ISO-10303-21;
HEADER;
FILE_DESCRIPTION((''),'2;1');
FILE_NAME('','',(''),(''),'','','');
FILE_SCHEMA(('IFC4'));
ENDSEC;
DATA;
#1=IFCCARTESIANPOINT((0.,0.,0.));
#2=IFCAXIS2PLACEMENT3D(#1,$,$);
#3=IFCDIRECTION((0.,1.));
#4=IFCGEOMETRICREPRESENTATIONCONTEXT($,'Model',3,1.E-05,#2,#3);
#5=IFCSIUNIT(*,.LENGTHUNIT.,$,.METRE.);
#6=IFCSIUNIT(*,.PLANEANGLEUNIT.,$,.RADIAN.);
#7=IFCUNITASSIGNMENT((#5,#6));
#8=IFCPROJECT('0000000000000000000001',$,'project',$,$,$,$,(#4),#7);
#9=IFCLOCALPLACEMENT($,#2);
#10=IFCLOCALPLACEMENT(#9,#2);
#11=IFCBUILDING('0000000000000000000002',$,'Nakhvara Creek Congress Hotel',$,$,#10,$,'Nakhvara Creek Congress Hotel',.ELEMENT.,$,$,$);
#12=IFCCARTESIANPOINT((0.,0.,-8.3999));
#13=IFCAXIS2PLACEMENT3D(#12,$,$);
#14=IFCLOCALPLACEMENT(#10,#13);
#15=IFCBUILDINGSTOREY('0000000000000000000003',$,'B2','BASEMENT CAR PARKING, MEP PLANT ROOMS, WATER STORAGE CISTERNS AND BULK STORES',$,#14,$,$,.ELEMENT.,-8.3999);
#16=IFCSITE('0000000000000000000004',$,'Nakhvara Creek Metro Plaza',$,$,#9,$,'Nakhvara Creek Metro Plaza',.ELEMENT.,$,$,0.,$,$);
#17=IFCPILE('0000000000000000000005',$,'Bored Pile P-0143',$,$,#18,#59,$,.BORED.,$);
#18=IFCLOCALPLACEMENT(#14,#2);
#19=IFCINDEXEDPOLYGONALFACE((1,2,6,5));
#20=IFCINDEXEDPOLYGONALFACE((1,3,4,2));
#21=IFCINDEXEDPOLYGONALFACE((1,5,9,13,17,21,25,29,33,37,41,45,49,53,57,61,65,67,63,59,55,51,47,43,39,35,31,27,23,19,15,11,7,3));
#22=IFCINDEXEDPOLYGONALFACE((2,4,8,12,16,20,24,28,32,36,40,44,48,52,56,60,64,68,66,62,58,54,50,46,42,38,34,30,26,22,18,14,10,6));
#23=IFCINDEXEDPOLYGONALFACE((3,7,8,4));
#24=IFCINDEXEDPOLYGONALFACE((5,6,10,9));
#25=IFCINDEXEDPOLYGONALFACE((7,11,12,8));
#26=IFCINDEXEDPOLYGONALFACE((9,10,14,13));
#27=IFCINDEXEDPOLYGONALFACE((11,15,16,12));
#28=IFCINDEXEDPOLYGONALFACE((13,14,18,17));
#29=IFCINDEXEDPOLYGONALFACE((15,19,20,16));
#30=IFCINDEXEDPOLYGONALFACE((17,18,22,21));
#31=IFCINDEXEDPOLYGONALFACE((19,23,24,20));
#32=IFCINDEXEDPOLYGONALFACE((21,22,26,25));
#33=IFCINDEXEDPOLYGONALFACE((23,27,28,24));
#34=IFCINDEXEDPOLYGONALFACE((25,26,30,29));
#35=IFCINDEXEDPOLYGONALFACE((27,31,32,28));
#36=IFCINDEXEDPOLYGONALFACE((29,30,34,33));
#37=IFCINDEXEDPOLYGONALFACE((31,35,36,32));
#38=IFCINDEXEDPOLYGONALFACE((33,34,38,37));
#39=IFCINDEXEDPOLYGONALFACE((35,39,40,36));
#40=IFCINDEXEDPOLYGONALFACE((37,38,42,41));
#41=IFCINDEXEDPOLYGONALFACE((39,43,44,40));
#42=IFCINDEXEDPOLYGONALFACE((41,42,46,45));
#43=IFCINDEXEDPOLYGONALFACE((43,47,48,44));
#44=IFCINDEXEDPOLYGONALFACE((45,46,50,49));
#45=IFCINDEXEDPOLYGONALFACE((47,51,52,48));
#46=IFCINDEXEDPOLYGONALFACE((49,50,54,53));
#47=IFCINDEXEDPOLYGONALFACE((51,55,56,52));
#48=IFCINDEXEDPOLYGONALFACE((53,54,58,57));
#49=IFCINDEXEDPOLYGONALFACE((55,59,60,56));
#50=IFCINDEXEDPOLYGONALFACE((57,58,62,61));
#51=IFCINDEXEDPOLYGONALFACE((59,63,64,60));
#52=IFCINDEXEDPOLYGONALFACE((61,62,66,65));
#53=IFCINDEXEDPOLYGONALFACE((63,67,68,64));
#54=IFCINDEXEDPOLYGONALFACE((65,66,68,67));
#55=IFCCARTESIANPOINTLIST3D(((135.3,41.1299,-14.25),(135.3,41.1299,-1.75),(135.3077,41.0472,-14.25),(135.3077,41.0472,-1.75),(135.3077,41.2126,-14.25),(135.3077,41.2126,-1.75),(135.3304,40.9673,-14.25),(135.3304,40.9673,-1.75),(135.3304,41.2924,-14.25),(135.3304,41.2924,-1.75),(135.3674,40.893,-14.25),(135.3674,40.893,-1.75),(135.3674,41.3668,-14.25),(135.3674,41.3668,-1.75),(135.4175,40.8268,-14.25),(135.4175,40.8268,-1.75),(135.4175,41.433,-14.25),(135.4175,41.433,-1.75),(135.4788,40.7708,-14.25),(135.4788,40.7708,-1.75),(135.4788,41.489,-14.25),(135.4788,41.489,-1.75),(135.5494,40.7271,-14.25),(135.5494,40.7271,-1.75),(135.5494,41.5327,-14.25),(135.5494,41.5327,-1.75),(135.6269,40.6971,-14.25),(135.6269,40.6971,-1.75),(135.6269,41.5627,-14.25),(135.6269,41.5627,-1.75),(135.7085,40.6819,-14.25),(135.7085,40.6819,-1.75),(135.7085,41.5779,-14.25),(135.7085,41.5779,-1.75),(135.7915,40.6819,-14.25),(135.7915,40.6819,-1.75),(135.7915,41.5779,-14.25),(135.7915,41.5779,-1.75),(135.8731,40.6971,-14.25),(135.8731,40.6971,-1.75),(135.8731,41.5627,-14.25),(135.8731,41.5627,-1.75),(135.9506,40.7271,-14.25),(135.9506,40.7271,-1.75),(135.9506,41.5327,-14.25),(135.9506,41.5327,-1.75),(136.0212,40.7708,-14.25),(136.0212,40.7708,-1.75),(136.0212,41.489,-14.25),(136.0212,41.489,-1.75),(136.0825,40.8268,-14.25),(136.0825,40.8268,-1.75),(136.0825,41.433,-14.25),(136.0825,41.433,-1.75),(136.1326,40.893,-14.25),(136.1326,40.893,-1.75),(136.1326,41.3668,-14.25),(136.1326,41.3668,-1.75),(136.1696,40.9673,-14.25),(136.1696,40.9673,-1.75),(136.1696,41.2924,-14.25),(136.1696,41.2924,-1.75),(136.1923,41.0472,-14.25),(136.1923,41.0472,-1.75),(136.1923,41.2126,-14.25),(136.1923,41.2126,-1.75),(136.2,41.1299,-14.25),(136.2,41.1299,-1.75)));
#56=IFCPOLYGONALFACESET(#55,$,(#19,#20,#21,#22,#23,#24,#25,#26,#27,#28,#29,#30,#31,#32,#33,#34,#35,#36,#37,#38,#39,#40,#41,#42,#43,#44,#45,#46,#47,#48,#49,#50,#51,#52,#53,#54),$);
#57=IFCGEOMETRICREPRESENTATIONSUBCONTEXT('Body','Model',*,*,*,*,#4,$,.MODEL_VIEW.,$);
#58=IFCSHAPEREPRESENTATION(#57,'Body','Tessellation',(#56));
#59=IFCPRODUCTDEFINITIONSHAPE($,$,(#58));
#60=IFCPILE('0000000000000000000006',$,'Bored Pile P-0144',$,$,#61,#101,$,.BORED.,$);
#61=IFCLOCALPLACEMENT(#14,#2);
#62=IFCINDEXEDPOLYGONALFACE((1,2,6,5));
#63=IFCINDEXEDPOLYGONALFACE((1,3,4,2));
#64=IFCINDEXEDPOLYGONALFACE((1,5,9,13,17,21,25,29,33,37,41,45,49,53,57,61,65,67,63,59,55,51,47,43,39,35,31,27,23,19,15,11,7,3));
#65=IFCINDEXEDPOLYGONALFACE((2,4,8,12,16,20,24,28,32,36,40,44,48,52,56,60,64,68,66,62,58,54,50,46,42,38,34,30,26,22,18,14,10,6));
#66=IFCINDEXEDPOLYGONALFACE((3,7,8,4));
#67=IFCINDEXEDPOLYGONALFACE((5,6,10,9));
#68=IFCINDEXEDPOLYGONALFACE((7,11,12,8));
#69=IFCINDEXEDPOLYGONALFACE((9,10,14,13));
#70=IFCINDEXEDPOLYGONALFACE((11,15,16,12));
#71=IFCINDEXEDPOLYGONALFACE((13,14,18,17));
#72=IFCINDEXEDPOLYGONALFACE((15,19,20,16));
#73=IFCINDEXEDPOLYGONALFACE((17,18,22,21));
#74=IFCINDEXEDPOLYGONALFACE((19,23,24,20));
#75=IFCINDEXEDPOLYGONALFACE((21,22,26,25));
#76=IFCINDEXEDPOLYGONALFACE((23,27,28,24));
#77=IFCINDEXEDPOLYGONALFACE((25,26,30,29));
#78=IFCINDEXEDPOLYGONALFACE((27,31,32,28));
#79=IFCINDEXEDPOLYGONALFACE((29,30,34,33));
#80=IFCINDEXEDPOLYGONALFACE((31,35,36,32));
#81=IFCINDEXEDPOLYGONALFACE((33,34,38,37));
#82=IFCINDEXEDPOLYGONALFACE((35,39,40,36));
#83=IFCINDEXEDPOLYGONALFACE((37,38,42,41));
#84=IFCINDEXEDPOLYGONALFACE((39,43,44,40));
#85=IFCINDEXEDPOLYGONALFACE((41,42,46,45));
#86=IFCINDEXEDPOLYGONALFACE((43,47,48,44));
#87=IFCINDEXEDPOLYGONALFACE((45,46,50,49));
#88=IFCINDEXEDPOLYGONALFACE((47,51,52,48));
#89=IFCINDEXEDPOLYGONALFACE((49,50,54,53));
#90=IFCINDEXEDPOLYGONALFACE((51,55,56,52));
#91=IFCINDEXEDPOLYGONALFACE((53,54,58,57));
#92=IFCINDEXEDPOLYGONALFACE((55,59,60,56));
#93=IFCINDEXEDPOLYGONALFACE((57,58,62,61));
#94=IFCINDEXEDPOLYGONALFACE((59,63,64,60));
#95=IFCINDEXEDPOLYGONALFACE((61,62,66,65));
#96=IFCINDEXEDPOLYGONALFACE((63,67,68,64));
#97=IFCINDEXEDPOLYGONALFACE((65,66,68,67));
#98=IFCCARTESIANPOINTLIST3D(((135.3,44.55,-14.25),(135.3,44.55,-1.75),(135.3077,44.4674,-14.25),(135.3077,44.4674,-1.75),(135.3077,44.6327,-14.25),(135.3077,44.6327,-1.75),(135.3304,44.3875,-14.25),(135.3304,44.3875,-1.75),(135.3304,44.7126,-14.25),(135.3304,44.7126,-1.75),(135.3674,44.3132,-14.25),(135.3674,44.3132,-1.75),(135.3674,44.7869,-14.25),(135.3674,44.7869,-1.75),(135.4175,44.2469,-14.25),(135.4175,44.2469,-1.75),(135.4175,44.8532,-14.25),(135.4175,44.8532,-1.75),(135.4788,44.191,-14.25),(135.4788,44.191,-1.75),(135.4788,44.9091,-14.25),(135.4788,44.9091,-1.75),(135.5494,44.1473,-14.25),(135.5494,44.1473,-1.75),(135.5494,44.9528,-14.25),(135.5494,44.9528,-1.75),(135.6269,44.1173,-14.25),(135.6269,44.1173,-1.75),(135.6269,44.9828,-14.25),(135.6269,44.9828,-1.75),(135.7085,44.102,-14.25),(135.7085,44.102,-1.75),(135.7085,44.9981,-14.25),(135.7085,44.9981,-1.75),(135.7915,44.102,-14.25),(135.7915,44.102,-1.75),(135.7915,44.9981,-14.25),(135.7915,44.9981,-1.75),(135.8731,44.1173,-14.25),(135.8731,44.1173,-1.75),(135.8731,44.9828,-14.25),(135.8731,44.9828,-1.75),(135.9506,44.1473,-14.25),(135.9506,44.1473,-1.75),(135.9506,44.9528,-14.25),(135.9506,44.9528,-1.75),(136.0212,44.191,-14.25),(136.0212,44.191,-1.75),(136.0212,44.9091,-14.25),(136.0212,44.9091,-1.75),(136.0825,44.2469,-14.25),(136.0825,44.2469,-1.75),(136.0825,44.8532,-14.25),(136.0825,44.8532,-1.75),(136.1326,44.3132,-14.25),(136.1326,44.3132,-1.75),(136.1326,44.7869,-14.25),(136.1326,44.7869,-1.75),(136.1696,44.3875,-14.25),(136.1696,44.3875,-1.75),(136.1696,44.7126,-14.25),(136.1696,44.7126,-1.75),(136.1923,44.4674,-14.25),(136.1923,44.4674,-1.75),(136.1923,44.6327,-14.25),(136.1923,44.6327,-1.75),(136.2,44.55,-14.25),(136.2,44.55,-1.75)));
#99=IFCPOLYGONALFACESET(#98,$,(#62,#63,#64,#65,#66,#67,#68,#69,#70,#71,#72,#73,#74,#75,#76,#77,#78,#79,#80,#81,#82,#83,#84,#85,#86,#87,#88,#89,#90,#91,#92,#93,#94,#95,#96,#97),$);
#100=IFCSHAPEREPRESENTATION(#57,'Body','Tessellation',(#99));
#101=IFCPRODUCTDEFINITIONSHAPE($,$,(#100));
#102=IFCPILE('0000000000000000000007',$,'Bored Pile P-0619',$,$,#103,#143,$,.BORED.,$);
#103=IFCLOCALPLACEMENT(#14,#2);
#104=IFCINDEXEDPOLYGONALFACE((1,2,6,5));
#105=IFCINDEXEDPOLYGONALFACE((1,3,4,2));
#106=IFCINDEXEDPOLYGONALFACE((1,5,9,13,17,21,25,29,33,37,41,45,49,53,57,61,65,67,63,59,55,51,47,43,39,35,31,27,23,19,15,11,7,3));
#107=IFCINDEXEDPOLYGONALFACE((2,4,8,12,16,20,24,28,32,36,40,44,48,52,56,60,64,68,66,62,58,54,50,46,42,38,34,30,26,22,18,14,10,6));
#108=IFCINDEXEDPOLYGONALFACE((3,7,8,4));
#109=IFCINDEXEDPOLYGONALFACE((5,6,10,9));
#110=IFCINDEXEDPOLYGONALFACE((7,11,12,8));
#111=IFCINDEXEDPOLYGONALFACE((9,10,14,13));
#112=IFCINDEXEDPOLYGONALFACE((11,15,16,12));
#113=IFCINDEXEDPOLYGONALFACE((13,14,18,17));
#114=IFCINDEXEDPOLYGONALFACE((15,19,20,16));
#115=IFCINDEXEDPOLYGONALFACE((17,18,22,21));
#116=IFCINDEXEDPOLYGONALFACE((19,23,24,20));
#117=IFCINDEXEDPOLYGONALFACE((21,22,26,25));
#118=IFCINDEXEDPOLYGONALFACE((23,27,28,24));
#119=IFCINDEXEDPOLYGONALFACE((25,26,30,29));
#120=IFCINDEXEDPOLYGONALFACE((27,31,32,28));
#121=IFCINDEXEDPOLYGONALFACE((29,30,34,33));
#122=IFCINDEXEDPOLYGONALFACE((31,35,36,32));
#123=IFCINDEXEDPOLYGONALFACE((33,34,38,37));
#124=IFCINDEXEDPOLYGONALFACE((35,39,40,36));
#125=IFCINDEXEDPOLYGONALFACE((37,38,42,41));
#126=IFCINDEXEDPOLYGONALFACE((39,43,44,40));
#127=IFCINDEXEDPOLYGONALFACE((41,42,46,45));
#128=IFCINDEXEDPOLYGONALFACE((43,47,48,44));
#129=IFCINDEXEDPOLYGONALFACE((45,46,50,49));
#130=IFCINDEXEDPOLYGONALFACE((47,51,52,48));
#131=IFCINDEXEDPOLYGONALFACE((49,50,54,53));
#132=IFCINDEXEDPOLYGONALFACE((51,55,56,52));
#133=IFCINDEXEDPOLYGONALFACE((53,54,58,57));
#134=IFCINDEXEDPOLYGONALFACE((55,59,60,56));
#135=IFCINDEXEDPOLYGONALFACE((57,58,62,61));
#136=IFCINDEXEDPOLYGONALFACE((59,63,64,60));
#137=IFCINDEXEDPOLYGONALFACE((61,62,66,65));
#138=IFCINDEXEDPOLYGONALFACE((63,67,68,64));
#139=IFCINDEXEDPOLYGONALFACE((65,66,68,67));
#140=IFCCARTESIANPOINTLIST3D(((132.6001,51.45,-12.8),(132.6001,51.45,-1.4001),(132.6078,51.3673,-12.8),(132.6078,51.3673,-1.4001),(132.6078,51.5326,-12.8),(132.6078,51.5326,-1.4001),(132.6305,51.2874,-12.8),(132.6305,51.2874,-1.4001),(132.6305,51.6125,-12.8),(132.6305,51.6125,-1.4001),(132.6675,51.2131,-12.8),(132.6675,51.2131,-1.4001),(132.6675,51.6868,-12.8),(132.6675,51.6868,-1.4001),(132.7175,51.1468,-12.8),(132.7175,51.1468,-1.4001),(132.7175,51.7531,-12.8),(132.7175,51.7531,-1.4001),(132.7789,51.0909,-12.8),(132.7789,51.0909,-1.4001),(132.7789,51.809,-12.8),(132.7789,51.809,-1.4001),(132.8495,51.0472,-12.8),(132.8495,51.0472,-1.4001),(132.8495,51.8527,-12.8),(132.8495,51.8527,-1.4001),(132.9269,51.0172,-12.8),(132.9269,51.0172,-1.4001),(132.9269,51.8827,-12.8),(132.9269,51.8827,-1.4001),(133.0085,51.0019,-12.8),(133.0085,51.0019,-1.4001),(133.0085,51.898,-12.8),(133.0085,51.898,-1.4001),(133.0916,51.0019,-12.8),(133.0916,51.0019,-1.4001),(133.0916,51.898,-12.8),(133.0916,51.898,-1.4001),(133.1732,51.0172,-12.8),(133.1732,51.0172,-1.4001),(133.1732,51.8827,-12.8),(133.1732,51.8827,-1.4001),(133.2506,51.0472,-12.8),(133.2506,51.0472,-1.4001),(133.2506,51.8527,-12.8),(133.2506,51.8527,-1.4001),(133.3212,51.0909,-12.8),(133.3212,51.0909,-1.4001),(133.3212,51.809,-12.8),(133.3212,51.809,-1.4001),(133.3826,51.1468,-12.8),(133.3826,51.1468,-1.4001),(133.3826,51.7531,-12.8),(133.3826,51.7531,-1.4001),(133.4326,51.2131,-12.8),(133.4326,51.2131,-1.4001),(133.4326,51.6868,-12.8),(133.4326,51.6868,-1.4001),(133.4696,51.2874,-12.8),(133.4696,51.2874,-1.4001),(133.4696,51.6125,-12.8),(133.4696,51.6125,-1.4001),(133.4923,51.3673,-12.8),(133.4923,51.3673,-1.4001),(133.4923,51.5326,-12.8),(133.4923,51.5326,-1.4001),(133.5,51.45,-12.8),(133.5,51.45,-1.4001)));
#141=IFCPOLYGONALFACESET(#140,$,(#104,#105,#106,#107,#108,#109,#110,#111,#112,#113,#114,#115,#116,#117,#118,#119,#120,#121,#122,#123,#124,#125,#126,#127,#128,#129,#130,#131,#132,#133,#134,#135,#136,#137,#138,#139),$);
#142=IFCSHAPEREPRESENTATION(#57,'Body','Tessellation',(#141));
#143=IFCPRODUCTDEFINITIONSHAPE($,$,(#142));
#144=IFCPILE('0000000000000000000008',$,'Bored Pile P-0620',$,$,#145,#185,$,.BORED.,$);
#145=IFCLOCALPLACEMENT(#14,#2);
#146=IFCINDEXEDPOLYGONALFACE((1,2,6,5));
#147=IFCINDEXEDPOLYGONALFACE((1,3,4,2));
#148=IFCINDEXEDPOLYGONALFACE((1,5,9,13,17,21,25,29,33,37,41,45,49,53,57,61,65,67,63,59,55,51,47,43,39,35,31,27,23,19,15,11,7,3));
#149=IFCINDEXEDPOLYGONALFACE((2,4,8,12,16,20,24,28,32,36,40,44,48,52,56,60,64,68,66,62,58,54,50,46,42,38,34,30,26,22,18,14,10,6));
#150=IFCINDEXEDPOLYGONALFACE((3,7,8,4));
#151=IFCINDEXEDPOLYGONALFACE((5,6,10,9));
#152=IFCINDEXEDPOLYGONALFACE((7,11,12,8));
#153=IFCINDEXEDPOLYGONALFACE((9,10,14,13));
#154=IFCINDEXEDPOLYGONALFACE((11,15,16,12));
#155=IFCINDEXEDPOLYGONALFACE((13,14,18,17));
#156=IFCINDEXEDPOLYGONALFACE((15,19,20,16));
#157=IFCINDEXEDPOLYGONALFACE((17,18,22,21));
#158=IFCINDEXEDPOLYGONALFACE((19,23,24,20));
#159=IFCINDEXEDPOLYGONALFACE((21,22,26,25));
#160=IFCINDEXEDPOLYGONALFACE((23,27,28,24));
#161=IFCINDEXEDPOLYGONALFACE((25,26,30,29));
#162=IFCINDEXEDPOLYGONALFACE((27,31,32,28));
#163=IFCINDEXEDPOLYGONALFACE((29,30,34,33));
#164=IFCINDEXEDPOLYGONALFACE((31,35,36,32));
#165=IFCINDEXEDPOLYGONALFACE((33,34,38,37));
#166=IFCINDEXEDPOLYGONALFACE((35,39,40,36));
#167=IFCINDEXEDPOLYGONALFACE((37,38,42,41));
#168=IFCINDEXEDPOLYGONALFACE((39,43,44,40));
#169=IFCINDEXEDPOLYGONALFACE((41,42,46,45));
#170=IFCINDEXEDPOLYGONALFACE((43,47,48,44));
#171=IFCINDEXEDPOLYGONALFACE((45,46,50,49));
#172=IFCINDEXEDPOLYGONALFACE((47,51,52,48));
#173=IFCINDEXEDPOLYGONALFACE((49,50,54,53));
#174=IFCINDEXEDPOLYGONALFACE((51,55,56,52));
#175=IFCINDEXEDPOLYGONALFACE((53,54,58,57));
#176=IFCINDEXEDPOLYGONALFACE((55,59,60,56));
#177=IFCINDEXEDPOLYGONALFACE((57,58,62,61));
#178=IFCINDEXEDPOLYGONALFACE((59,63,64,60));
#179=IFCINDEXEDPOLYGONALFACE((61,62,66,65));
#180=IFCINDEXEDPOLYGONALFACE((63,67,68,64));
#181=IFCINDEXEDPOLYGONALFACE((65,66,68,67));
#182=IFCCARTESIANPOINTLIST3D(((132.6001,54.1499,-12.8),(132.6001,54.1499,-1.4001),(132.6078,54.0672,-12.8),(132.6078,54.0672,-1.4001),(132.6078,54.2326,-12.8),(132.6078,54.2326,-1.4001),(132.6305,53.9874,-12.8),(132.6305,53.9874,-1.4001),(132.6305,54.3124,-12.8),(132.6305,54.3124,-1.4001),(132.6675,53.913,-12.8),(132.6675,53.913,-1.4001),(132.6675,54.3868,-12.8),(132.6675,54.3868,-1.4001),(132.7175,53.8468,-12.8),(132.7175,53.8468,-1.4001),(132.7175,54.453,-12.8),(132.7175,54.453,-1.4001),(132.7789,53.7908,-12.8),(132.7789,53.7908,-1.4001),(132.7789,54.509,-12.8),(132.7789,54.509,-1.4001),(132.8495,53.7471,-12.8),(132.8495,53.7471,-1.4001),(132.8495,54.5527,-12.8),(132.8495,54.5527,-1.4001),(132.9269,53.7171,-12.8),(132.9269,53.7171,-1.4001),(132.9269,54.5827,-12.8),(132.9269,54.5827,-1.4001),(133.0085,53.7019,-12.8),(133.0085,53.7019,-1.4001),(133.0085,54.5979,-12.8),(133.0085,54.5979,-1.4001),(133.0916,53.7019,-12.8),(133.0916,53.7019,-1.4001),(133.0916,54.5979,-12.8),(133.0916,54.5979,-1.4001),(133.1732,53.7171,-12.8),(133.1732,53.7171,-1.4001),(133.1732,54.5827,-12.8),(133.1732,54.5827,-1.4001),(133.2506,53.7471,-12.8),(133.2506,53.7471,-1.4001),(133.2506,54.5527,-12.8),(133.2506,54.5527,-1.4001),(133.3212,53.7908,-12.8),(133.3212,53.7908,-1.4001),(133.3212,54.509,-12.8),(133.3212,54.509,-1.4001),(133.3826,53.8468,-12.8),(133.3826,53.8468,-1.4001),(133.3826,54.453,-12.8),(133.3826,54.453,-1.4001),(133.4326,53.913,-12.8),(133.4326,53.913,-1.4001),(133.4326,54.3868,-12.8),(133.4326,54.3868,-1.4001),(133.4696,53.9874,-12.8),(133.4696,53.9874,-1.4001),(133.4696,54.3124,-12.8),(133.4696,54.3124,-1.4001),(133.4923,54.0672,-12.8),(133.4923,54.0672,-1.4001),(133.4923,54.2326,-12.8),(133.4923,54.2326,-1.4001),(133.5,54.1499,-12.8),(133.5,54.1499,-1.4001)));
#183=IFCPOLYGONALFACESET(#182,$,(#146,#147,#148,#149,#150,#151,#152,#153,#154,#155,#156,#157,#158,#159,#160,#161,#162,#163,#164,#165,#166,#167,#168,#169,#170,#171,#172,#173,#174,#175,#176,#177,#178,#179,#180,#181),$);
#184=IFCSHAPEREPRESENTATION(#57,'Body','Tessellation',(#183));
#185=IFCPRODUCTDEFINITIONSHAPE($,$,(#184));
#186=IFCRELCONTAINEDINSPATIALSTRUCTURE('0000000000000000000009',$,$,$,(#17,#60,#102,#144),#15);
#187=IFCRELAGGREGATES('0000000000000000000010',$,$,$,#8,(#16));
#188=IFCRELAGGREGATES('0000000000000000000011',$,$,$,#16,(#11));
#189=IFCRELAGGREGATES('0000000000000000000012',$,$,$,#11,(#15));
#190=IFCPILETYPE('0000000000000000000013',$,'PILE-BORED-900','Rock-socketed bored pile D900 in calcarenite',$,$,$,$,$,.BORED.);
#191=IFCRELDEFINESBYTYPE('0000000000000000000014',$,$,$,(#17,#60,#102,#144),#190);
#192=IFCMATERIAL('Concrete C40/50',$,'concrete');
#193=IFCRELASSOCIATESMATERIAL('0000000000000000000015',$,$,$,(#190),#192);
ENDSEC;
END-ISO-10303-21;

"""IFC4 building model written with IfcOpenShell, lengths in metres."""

from ifc_helpers import new_model, si_unit, direction, frame, origin, origin_2d, place, context, subcontext, project, spatial, circle, extrude, material, material_profile, profile_set, type_object, element, save


model = new_model("IFC4")

# Units and contexts
model_context = context("Model", 3, precision=1e-05, world=origin(), true_north=direction((0.0, 1.0)))
body_context = subcontext(model_context, "Body", "Model", "MODEL_VIEW")
ifc_project = project(units=[si_unit("LENGTHUNIT", "METRE"), si_unit("PLANEANGLEUNIT", "RADIAN")], contexts=[model_context])

# Site, building, storey
site_placement = place(None, origin())
site = spatial("IfcSite", under=ifc_project, at=site_placement, Name="Nakhvara Creek Metro Plaza", LongName="Nakhvara Creek Metro Plaza", CompositionType="ELEMENT", RefElevation=0.0)
building_placement = place(site_placement, origin())
building = spatial("IfcBuilding", under=site, at=building_placement, Name="Nakhvara Creek Congress Hotel", LongName="Nakhvara Creek Congress Hotel", CompositionType="ELEMENT")
storey_placement = place(building_placement, frame((0.0, 0.0, -8.3999)))
storey = spatial("IfcBuildingStorey", under=building, at=storey_placement, Name="B2", Description="BASEMENT CAR PARKING, MEP PLANT ROOMS, WATER STORAGE CISTERNS AND BULK STORES", CompositionType="ELEMENT", Elevation=-8.3999)

# Shared definitions
ifc_material_1 = material(Name="Concrete C40/50", Category="concrete")

# Piles
ifc_material_profile_1 = material_profile(ifc_material_1, circle(Radius=0.45, at=origin_2d()), Name="BORED PILE D900", Category="LoadBearing")
ifc_profile_set_1 = profile_set([ifc_material_profile_1], Name="Concrete C40/50")
pile_type = type_object("IfcPileType", Name="PILE-BORED-900", Description="Rock-socketed bored pile D900 in calcarenite", PredefinedType="BORED", material=ifc_profile_set_1)
for number, where, z_axis, x_axis, name in (
    (1, (135.75, 41.1299, -1.75), (0.0, 0.0, -1.0), (1.0, 0.0, 0.0), "Bored Pile P-0143"),
    (2, (135.75, 44.55, -1.75), (0.0, 0.0, -1.0), (1.0, 0.0, 0.0), "Bored Pile P-0144"),
):
    element("IfcPile", number, at=place(storey_placement, frame(where, z_axis=z_axis, x_axis=x_axis)), inside=storey, type_object=pile_type, Name=name, PredefinedType="BORED", context=body_context, shape_type="SweptSolid", body=[
        extrude(circle(Radius=0.45, at=origin_2d()), origin(), (0.0, 0.0, 1.0), 12.5),
    ])
for number, where, z_axis, x_axis, name in (
    (3, (133.05, 51.45, -1.4001), (0.0, 0.0, -1.0), (1.0, 0.0, 0.0), "Bored Pile P-0619"),
    (4, (133.05, 54.1499, -1.4001), (0.0, 0.0, -1.0), (1.0, 0.0, 0.0), "Bored Pile P-0620"),
):
    element("IfcPile", number, at=place(storey_placement, frame(where, z_axis=z_axis, x_axis=x_axis)), inside=storey, type_object=pile_type, Name=name, PredefinedType="BORED", context=body_context, shape_type="SweptSolid", body=[
        extrude(circle(Radius=0.45, at=origin_2d()), origin(), (0.0, 0.0, 1.0), 11.3999),
    ])

save(model, "model.ifc")
